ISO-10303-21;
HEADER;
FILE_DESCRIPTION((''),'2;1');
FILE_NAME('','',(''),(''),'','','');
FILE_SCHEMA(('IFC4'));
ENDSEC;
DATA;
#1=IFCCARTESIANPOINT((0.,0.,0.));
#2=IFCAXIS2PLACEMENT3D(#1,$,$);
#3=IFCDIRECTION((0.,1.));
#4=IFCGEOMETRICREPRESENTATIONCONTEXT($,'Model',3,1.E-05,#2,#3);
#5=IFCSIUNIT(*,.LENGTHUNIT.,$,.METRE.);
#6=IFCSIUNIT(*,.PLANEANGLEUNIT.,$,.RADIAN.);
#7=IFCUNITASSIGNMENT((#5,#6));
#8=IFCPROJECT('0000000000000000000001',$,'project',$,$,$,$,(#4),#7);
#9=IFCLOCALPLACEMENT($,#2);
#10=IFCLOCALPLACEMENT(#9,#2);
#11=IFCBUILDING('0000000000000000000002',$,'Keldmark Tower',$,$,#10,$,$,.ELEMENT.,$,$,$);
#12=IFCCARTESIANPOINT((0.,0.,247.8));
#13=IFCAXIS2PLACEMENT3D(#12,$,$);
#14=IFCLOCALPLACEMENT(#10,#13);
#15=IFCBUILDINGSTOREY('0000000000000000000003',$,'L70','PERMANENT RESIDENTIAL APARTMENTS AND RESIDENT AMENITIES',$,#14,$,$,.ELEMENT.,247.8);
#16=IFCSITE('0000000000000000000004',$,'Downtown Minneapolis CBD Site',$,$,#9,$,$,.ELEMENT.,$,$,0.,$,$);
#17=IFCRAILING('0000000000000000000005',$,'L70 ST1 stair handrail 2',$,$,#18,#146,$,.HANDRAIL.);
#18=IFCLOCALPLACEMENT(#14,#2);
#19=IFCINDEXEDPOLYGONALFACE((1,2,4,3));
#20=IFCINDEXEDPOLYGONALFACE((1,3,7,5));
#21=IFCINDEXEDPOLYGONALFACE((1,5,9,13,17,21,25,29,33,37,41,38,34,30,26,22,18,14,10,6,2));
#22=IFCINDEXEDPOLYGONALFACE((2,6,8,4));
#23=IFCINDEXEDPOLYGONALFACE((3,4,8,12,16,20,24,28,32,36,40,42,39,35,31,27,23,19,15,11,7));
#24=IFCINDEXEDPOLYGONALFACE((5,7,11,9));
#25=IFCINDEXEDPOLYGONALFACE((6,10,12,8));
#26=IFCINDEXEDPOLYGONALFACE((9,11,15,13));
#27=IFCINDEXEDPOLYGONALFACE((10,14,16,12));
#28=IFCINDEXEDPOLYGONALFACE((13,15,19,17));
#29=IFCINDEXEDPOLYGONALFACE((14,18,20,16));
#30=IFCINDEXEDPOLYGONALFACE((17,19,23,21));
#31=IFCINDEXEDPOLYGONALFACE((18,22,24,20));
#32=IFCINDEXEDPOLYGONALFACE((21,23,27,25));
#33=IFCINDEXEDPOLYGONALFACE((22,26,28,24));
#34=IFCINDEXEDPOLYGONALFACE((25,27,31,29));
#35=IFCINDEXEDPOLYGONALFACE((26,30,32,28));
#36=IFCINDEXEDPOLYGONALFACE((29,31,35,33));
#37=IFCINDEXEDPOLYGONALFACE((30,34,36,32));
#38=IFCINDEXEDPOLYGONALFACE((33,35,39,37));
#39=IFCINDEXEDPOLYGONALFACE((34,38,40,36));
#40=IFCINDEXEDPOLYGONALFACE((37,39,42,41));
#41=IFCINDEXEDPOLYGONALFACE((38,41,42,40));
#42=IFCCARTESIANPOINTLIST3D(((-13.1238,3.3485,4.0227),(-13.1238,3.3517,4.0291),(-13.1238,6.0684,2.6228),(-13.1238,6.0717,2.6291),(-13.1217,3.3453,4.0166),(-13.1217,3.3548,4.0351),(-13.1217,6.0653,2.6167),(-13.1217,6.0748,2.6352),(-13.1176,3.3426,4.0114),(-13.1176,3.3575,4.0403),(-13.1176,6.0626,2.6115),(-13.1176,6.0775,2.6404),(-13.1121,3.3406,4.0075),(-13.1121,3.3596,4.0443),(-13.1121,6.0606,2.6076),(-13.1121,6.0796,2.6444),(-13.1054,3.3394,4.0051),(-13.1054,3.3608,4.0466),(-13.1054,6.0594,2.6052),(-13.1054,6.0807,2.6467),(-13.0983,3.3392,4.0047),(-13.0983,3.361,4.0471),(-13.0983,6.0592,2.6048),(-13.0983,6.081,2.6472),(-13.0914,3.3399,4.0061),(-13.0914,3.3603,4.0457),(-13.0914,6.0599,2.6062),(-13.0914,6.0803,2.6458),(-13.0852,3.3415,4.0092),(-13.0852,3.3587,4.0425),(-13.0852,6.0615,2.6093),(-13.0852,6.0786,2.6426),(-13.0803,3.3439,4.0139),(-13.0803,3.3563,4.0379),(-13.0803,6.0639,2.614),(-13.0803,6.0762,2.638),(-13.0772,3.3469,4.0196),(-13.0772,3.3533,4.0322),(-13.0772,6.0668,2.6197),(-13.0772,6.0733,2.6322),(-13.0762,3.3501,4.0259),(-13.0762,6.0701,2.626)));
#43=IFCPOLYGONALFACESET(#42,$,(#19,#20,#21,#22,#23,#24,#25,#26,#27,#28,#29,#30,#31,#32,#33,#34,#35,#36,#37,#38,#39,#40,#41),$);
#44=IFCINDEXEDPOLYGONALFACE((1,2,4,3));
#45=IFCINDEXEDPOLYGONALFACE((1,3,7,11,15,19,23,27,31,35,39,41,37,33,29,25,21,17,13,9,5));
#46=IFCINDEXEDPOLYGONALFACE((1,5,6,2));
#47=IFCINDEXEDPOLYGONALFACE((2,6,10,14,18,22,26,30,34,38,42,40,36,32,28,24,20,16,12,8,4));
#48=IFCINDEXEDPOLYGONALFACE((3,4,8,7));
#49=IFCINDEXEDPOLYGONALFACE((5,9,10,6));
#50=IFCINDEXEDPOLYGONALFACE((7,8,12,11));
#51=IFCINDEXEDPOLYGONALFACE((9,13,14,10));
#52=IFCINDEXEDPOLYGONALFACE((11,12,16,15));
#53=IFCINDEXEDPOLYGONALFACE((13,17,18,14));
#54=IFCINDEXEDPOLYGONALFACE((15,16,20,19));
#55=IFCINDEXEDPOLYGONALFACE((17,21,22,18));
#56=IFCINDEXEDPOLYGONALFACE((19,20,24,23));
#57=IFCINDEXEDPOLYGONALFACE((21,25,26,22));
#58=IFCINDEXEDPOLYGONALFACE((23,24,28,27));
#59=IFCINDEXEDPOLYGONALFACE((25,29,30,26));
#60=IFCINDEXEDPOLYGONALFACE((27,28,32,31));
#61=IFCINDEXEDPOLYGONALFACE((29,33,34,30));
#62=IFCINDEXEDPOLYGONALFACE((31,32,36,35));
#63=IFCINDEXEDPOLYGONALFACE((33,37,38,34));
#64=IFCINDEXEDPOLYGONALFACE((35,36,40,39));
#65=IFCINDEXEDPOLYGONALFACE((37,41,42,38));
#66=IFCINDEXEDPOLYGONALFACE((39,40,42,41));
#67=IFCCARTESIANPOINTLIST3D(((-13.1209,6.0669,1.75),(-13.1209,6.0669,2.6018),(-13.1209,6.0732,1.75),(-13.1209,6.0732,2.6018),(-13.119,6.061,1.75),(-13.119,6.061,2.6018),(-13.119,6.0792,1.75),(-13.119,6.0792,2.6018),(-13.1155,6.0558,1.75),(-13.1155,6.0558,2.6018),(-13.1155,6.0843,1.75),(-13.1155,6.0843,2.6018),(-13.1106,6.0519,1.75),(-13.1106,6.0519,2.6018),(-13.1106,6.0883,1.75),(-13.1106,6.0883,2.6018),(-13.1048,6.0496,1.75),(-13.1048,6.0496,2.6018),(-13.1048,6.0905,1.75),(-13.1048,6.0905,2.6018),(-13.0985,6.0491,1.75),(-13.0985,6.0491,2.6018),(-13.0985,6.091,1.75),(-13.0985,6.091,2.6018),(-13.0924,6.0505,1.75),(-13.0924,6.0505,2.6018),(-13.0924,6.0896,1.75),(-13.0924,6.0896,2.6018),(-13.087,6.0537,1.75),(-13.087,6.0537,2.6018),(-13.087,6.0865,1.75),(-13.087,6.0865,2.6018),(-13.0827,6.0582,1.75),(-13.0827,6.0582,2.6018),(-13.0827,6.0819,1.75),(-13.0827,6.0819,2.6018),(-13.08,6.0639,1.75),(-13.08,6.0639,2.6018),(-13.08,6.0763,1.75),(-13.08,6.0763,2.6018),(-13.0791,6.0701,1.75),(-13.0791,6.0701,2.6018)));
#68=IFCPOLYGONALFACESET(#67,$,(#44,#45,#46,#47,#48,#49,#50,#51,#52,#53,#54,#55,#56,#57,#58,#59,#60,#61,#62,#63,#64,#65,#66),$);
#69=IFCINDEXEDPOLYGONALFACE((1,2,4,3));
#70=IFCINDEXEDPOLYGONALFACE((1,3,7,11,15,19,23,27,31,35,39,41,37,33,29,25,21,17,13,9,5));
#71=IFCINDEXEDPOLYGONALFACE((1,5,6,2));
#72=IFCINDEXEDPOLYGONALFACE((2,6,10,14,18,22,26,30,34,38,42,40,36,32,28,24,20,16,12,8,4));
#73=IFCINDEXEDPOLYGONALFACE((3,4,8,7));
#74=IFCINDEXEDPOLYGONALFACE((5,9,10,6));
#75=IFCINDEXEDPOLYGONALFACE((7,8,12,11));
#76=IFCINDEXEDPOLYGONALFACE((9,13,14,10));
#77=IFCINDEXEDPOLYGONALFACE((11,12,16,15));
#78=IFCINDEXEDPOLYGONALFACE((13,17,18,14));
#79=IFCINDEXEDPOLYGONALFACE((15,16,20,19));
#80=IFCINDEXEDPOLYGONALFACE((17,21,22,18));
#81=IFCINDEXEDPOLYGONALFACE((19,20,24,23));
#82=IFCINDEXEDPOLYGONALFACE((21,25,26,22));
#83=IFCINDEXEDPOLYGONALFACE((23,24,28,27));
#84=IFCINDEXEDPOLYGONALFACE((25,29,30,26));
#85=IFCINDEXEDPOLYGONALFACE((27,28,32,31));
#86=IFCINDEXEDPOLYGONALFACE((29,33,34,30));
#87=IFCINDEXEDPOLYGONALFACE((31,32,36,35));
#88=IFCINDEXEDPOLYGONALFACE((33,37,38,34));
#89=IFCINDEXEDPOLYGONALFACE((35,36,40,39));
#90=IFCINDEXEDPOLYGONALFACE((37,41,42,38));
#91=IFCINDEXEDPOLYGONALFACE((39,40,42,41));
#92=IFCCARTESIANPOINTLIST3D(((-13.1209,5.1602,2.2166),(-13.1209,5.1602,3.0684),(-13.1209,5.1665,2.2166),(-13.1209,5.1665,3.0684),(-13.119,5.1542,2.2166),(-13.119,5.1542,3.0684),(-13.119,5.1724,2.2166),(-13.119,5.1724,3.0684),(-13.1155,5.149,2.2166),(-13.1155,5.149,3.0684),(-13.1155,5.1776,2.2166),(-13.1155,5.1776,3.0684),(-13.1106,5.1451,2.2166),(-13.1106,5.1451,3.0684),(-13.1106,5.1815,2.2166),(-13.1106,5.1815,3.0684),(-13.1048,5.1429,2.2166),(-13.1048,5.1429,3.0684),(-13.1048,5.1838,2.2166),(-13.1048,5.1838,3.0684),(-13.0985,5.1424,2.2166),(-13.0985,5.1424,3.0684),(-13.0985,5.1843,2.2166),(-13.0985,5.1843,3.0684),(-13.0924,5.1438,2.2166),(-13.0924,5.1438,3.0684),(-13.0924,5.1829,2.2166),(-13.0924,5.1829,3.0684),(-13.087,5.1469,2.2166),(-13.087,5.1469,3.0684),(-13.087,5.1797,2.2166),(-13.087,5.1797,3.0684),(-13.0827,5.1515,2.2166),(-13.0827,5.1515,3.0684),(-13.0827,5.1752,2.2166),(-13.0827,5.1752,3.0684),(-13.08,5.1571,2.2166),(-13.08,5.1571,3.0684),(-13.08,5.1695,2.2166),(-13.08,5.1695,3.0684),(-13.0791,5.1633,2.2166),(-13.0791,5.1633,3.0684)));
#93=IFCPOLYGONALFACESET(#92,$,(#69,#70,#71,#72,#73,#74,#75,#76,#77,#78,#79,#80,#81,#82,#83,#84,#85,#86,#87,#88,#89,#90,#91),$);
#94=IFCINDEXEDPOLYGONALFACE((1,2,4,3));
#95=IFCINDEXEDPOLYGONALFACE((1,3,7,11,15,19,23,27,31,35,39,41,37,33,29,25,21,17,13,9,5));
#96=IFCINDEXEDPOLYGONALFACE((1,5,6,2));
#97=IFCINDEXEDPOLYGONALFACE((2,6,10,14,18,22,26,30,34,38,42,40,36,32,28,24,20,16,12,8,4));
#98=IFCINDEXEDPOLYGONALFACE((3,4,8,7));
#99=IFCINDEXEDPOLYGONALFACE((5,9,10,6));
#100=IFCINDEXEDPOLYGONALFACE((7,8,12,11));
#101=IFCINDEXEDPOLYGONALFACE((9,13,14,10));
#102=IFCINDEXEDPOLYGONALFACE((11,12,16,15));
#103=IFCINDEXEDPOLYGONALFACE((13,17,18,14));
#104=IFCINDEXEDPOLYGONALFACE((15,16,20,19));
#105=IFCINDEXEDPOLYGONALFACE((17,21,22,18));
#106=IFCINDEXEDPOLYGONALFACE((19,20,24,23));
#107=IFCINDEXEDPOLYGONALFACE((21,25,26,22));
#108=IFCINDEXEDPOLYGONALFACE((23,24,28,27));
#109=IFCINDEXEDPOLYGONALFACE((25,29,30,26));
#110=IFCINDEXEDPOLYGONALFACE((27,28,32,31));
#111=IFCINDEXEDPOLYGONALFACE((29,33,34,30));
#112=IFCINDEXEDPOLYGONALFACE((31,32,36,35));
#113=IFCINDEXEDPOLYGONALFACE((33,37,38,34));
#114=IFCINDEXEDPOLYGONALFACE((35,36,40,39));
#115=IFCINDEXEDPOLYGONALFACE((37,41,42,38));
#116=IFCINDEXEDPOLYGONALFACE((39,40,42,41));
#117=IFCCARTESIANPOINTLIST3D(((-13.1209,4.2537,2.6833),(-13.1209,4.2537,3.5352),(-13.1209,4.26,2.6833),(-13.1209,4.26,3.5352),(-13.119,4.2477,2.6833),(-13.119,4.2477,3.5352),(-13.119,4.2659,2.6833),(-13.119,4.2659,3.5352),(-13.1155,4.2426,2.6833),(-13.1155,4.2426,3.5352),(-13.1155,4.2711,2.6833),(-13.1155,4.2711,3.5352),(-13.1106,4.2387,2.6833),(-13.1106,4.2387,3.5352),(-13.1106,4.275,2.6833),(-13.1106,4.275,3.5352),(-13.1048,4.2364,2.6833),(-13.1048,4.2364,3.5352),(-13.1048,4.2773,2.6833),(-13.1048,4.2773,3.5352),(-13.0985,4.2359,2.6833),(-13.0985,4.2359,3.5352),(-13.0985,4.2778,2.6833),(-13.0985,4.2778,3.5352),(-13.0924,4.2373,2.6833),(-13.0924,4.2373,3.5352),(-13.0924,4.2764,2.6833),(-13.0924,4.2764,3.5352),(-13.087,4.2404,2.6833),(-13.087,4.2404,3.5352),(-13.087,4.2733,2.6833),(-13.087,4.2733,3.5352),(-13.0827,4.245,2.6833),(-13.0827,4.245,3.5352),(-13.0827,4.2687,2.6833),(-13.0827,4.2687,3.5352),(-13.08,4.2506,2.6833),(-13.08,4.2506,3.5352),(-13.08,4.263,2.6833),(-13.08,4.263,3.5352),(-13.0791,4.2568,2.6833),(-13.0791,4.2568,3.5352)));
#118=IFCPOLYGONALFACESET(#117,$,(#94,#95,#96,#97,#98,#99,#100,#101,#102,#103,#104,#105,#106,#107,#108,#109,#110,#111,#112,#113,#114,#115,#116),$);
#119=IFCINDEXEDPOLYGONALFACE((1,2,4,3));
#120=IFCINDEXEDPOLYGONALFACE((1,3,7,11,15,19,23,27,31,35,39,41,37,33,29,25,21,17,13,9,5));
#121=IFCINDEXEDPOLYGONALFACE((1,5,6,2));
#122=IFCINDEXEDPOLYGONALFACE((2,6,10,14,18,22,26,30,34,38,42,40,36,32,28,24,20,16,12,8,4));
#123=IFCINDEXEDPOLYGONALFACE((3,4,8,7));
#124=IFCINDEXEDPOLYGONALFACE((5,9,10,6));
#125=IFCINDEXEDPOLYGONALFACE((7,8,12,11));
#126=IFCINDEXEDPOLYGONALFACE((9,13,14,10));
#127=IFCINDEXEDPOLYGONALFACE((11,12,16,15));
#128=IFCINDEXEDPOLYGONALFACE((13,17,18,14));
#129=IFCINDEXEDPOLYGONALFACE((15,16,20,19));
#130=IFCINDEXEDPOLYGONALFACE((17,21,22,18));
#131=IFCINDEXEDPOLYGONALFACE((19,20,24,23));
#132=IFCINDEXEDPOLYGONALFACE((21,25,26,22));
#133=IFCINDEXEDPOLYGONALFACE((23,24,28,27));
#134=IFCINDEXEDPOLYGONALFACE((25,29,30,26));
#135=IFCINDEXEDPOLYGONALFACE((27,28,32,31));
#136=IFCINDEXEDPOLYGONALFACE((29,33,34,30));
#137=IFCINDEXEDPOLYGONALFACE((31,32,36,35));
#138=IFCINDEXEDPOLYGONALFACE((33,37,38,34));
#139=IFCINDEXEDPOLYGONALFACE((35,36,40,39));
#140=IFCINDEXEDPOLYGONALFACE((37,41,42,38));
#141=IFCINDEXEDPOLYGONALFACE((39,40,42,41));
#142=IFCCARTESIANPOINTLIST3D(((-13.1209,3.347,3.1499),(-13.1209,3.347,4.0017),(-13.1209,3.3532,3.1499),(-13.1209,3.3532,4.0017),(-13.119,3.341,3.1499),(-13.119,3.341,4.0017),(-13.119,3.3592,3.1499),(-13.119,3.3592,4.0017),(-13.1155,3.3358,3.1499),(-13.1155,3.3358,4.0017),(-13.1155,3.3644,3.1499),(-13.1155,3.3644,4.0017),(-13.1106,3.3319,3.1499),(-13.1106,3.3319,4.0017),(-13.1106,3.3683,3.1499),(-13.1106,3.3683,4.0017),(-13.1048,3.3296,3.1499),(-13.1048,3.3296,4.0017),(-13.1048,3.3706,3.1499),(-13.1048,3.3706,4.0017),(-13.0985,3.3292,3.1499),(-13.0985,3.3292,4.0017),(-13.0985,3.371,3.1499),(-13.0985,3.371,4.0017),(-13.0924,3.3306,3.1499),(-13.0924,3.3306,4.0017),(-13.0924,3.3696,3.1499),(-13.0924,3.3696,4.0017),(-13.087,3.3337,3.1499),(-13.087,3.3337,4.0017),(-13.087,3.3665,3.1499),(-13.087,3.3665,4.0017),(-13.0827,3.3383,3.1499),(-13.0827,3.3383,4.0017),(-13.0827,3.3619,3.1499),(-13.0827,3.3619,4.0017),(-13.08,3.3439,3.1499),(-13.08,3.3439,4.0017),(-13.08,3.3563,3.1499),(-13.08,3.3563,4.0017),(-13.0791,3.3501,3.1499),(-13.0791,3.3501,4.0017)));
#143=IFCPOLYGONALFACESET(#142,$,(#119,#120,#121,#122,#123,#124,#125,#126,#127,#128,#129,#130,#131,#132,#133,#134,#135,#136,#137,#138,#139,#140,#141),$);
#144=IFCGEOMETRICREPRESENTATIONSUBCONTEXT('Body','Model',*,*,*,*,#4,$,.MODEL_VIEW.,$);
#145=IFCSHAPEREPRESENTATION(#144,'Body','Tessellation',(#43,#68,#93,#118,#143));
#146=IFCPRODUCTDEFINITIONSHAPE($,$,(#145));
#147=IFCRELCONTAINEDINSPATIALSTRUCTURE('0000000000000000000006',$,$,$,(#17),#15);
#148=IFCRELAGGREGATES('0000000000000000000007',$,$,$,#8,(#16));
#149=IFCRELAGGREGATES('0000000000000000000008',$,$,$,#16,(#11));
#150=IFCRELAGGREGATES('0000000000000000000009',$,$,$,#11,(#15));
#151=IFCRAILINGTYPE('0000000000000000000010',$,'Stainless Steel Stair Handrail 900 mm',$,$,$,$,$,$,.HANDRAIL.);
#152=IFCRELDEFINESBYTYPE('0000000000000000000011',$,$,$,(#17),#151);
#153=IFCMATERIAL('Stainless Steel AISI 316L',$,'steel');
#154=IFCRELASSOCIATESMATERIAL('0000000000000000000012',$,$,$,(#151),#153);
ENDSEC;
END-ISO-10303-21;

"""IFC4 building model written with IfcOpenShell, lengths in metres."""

from ifc_helpers import new_model, si_unit, direction, frame, origin, origin_2d, place, context, subcontext, project, spatial, circle, extrude, material, type_object, element, save


model = new_model("IFC4")

# Units and contexts
model_context = context("Model", 3, precision=1e-05, world=origin(), true_north=direction((0.0, 1.0)))
body_context = subcontext(model_context, "Body", "Model", "MODEL_VIEW")
ifc_project = project(units=[si_unit("LENGTHUNIT", "METRE"), si_unit("PLANEANGLEUNIT", "RADIAN")], contexts=[model_context])

# Site, building, storey
site_placement = place(None, origin())
site = spatial("IfcSite", under=ifc_project, at=site_placement, Name="Downtown Minneapolis CBD Site", CompositionType="ELEMENT", RefElevation=0.0)
building_placement = place(site_placement, origin())
building = spatial("IfcBuilding", under=site, at=building_placement, Name="Keldmark Tower", CompositionType="ELEMENT")
storey_placement = place(building_placement, frame((0.0, 0.0, 247.8)))
storey = spatial("IfcBuildingStorey", under=building, at=storey_placement, Name="L70", Description="PERMANENT RESIDENTIAL APARTMENTS AND RESIDENT AMENITIES", CompositionType="ELEMENT", Elevation=247.8)

# Railing
ifc_material_1 = material(Name="Stainless Steel AISI 316L", Category="steel")
railing_type_1 = type_object("IfcRailingType", Name="Stainless Steel Stair Handrail 900 mm", PredefinedType="HANDRAIL", material=ifc_material_1)
railing_1_placement = place(storey_placement, frame((-13.1001, 6.0701, 1.75)))
element("IfcRailing", 1, at=railing_1_placement, inside=storey, type_object=railing_type_1, Name="L70 ST1 stair handrail 2", PredefinedType="HANDRAIL", context=body_context, shape_type="SweptSolid", body=[
    extrude(circle(Radius=0.0239, at=origin_2d()), frame((0.0, 0.0, 0.876), z_axis=(0.0, -0.889147, 0.457622), x_axis=(1.0, 0.0, 0.0)), (0.0, 0.0, 1.0), 3.0591),
    extrude(circle(Radius=0.021, at=origin_2d()), origin(), (0.0, 0.0, 1.0), 0.8518),
    extrude(circle(Radius=0.021, at=origin_2d()), frame((0.0, -0.9067, 0.4666)), (0.0, 0.0, 1.0), 0.8518),
    extrude(circle(Radius=0.021, at=origin_2d()), frame((0.0, -1.8132, 0.9333)), (0.0, 0.0, 1.0), 0.8518),
    extrude(circle(Radius=0.021, at=origin_2d()), frame((0.0, -2.72, 1.3999)), (0.0, 0.0, 1.0), 0.8518),
])

save(model, "model.ifc")
